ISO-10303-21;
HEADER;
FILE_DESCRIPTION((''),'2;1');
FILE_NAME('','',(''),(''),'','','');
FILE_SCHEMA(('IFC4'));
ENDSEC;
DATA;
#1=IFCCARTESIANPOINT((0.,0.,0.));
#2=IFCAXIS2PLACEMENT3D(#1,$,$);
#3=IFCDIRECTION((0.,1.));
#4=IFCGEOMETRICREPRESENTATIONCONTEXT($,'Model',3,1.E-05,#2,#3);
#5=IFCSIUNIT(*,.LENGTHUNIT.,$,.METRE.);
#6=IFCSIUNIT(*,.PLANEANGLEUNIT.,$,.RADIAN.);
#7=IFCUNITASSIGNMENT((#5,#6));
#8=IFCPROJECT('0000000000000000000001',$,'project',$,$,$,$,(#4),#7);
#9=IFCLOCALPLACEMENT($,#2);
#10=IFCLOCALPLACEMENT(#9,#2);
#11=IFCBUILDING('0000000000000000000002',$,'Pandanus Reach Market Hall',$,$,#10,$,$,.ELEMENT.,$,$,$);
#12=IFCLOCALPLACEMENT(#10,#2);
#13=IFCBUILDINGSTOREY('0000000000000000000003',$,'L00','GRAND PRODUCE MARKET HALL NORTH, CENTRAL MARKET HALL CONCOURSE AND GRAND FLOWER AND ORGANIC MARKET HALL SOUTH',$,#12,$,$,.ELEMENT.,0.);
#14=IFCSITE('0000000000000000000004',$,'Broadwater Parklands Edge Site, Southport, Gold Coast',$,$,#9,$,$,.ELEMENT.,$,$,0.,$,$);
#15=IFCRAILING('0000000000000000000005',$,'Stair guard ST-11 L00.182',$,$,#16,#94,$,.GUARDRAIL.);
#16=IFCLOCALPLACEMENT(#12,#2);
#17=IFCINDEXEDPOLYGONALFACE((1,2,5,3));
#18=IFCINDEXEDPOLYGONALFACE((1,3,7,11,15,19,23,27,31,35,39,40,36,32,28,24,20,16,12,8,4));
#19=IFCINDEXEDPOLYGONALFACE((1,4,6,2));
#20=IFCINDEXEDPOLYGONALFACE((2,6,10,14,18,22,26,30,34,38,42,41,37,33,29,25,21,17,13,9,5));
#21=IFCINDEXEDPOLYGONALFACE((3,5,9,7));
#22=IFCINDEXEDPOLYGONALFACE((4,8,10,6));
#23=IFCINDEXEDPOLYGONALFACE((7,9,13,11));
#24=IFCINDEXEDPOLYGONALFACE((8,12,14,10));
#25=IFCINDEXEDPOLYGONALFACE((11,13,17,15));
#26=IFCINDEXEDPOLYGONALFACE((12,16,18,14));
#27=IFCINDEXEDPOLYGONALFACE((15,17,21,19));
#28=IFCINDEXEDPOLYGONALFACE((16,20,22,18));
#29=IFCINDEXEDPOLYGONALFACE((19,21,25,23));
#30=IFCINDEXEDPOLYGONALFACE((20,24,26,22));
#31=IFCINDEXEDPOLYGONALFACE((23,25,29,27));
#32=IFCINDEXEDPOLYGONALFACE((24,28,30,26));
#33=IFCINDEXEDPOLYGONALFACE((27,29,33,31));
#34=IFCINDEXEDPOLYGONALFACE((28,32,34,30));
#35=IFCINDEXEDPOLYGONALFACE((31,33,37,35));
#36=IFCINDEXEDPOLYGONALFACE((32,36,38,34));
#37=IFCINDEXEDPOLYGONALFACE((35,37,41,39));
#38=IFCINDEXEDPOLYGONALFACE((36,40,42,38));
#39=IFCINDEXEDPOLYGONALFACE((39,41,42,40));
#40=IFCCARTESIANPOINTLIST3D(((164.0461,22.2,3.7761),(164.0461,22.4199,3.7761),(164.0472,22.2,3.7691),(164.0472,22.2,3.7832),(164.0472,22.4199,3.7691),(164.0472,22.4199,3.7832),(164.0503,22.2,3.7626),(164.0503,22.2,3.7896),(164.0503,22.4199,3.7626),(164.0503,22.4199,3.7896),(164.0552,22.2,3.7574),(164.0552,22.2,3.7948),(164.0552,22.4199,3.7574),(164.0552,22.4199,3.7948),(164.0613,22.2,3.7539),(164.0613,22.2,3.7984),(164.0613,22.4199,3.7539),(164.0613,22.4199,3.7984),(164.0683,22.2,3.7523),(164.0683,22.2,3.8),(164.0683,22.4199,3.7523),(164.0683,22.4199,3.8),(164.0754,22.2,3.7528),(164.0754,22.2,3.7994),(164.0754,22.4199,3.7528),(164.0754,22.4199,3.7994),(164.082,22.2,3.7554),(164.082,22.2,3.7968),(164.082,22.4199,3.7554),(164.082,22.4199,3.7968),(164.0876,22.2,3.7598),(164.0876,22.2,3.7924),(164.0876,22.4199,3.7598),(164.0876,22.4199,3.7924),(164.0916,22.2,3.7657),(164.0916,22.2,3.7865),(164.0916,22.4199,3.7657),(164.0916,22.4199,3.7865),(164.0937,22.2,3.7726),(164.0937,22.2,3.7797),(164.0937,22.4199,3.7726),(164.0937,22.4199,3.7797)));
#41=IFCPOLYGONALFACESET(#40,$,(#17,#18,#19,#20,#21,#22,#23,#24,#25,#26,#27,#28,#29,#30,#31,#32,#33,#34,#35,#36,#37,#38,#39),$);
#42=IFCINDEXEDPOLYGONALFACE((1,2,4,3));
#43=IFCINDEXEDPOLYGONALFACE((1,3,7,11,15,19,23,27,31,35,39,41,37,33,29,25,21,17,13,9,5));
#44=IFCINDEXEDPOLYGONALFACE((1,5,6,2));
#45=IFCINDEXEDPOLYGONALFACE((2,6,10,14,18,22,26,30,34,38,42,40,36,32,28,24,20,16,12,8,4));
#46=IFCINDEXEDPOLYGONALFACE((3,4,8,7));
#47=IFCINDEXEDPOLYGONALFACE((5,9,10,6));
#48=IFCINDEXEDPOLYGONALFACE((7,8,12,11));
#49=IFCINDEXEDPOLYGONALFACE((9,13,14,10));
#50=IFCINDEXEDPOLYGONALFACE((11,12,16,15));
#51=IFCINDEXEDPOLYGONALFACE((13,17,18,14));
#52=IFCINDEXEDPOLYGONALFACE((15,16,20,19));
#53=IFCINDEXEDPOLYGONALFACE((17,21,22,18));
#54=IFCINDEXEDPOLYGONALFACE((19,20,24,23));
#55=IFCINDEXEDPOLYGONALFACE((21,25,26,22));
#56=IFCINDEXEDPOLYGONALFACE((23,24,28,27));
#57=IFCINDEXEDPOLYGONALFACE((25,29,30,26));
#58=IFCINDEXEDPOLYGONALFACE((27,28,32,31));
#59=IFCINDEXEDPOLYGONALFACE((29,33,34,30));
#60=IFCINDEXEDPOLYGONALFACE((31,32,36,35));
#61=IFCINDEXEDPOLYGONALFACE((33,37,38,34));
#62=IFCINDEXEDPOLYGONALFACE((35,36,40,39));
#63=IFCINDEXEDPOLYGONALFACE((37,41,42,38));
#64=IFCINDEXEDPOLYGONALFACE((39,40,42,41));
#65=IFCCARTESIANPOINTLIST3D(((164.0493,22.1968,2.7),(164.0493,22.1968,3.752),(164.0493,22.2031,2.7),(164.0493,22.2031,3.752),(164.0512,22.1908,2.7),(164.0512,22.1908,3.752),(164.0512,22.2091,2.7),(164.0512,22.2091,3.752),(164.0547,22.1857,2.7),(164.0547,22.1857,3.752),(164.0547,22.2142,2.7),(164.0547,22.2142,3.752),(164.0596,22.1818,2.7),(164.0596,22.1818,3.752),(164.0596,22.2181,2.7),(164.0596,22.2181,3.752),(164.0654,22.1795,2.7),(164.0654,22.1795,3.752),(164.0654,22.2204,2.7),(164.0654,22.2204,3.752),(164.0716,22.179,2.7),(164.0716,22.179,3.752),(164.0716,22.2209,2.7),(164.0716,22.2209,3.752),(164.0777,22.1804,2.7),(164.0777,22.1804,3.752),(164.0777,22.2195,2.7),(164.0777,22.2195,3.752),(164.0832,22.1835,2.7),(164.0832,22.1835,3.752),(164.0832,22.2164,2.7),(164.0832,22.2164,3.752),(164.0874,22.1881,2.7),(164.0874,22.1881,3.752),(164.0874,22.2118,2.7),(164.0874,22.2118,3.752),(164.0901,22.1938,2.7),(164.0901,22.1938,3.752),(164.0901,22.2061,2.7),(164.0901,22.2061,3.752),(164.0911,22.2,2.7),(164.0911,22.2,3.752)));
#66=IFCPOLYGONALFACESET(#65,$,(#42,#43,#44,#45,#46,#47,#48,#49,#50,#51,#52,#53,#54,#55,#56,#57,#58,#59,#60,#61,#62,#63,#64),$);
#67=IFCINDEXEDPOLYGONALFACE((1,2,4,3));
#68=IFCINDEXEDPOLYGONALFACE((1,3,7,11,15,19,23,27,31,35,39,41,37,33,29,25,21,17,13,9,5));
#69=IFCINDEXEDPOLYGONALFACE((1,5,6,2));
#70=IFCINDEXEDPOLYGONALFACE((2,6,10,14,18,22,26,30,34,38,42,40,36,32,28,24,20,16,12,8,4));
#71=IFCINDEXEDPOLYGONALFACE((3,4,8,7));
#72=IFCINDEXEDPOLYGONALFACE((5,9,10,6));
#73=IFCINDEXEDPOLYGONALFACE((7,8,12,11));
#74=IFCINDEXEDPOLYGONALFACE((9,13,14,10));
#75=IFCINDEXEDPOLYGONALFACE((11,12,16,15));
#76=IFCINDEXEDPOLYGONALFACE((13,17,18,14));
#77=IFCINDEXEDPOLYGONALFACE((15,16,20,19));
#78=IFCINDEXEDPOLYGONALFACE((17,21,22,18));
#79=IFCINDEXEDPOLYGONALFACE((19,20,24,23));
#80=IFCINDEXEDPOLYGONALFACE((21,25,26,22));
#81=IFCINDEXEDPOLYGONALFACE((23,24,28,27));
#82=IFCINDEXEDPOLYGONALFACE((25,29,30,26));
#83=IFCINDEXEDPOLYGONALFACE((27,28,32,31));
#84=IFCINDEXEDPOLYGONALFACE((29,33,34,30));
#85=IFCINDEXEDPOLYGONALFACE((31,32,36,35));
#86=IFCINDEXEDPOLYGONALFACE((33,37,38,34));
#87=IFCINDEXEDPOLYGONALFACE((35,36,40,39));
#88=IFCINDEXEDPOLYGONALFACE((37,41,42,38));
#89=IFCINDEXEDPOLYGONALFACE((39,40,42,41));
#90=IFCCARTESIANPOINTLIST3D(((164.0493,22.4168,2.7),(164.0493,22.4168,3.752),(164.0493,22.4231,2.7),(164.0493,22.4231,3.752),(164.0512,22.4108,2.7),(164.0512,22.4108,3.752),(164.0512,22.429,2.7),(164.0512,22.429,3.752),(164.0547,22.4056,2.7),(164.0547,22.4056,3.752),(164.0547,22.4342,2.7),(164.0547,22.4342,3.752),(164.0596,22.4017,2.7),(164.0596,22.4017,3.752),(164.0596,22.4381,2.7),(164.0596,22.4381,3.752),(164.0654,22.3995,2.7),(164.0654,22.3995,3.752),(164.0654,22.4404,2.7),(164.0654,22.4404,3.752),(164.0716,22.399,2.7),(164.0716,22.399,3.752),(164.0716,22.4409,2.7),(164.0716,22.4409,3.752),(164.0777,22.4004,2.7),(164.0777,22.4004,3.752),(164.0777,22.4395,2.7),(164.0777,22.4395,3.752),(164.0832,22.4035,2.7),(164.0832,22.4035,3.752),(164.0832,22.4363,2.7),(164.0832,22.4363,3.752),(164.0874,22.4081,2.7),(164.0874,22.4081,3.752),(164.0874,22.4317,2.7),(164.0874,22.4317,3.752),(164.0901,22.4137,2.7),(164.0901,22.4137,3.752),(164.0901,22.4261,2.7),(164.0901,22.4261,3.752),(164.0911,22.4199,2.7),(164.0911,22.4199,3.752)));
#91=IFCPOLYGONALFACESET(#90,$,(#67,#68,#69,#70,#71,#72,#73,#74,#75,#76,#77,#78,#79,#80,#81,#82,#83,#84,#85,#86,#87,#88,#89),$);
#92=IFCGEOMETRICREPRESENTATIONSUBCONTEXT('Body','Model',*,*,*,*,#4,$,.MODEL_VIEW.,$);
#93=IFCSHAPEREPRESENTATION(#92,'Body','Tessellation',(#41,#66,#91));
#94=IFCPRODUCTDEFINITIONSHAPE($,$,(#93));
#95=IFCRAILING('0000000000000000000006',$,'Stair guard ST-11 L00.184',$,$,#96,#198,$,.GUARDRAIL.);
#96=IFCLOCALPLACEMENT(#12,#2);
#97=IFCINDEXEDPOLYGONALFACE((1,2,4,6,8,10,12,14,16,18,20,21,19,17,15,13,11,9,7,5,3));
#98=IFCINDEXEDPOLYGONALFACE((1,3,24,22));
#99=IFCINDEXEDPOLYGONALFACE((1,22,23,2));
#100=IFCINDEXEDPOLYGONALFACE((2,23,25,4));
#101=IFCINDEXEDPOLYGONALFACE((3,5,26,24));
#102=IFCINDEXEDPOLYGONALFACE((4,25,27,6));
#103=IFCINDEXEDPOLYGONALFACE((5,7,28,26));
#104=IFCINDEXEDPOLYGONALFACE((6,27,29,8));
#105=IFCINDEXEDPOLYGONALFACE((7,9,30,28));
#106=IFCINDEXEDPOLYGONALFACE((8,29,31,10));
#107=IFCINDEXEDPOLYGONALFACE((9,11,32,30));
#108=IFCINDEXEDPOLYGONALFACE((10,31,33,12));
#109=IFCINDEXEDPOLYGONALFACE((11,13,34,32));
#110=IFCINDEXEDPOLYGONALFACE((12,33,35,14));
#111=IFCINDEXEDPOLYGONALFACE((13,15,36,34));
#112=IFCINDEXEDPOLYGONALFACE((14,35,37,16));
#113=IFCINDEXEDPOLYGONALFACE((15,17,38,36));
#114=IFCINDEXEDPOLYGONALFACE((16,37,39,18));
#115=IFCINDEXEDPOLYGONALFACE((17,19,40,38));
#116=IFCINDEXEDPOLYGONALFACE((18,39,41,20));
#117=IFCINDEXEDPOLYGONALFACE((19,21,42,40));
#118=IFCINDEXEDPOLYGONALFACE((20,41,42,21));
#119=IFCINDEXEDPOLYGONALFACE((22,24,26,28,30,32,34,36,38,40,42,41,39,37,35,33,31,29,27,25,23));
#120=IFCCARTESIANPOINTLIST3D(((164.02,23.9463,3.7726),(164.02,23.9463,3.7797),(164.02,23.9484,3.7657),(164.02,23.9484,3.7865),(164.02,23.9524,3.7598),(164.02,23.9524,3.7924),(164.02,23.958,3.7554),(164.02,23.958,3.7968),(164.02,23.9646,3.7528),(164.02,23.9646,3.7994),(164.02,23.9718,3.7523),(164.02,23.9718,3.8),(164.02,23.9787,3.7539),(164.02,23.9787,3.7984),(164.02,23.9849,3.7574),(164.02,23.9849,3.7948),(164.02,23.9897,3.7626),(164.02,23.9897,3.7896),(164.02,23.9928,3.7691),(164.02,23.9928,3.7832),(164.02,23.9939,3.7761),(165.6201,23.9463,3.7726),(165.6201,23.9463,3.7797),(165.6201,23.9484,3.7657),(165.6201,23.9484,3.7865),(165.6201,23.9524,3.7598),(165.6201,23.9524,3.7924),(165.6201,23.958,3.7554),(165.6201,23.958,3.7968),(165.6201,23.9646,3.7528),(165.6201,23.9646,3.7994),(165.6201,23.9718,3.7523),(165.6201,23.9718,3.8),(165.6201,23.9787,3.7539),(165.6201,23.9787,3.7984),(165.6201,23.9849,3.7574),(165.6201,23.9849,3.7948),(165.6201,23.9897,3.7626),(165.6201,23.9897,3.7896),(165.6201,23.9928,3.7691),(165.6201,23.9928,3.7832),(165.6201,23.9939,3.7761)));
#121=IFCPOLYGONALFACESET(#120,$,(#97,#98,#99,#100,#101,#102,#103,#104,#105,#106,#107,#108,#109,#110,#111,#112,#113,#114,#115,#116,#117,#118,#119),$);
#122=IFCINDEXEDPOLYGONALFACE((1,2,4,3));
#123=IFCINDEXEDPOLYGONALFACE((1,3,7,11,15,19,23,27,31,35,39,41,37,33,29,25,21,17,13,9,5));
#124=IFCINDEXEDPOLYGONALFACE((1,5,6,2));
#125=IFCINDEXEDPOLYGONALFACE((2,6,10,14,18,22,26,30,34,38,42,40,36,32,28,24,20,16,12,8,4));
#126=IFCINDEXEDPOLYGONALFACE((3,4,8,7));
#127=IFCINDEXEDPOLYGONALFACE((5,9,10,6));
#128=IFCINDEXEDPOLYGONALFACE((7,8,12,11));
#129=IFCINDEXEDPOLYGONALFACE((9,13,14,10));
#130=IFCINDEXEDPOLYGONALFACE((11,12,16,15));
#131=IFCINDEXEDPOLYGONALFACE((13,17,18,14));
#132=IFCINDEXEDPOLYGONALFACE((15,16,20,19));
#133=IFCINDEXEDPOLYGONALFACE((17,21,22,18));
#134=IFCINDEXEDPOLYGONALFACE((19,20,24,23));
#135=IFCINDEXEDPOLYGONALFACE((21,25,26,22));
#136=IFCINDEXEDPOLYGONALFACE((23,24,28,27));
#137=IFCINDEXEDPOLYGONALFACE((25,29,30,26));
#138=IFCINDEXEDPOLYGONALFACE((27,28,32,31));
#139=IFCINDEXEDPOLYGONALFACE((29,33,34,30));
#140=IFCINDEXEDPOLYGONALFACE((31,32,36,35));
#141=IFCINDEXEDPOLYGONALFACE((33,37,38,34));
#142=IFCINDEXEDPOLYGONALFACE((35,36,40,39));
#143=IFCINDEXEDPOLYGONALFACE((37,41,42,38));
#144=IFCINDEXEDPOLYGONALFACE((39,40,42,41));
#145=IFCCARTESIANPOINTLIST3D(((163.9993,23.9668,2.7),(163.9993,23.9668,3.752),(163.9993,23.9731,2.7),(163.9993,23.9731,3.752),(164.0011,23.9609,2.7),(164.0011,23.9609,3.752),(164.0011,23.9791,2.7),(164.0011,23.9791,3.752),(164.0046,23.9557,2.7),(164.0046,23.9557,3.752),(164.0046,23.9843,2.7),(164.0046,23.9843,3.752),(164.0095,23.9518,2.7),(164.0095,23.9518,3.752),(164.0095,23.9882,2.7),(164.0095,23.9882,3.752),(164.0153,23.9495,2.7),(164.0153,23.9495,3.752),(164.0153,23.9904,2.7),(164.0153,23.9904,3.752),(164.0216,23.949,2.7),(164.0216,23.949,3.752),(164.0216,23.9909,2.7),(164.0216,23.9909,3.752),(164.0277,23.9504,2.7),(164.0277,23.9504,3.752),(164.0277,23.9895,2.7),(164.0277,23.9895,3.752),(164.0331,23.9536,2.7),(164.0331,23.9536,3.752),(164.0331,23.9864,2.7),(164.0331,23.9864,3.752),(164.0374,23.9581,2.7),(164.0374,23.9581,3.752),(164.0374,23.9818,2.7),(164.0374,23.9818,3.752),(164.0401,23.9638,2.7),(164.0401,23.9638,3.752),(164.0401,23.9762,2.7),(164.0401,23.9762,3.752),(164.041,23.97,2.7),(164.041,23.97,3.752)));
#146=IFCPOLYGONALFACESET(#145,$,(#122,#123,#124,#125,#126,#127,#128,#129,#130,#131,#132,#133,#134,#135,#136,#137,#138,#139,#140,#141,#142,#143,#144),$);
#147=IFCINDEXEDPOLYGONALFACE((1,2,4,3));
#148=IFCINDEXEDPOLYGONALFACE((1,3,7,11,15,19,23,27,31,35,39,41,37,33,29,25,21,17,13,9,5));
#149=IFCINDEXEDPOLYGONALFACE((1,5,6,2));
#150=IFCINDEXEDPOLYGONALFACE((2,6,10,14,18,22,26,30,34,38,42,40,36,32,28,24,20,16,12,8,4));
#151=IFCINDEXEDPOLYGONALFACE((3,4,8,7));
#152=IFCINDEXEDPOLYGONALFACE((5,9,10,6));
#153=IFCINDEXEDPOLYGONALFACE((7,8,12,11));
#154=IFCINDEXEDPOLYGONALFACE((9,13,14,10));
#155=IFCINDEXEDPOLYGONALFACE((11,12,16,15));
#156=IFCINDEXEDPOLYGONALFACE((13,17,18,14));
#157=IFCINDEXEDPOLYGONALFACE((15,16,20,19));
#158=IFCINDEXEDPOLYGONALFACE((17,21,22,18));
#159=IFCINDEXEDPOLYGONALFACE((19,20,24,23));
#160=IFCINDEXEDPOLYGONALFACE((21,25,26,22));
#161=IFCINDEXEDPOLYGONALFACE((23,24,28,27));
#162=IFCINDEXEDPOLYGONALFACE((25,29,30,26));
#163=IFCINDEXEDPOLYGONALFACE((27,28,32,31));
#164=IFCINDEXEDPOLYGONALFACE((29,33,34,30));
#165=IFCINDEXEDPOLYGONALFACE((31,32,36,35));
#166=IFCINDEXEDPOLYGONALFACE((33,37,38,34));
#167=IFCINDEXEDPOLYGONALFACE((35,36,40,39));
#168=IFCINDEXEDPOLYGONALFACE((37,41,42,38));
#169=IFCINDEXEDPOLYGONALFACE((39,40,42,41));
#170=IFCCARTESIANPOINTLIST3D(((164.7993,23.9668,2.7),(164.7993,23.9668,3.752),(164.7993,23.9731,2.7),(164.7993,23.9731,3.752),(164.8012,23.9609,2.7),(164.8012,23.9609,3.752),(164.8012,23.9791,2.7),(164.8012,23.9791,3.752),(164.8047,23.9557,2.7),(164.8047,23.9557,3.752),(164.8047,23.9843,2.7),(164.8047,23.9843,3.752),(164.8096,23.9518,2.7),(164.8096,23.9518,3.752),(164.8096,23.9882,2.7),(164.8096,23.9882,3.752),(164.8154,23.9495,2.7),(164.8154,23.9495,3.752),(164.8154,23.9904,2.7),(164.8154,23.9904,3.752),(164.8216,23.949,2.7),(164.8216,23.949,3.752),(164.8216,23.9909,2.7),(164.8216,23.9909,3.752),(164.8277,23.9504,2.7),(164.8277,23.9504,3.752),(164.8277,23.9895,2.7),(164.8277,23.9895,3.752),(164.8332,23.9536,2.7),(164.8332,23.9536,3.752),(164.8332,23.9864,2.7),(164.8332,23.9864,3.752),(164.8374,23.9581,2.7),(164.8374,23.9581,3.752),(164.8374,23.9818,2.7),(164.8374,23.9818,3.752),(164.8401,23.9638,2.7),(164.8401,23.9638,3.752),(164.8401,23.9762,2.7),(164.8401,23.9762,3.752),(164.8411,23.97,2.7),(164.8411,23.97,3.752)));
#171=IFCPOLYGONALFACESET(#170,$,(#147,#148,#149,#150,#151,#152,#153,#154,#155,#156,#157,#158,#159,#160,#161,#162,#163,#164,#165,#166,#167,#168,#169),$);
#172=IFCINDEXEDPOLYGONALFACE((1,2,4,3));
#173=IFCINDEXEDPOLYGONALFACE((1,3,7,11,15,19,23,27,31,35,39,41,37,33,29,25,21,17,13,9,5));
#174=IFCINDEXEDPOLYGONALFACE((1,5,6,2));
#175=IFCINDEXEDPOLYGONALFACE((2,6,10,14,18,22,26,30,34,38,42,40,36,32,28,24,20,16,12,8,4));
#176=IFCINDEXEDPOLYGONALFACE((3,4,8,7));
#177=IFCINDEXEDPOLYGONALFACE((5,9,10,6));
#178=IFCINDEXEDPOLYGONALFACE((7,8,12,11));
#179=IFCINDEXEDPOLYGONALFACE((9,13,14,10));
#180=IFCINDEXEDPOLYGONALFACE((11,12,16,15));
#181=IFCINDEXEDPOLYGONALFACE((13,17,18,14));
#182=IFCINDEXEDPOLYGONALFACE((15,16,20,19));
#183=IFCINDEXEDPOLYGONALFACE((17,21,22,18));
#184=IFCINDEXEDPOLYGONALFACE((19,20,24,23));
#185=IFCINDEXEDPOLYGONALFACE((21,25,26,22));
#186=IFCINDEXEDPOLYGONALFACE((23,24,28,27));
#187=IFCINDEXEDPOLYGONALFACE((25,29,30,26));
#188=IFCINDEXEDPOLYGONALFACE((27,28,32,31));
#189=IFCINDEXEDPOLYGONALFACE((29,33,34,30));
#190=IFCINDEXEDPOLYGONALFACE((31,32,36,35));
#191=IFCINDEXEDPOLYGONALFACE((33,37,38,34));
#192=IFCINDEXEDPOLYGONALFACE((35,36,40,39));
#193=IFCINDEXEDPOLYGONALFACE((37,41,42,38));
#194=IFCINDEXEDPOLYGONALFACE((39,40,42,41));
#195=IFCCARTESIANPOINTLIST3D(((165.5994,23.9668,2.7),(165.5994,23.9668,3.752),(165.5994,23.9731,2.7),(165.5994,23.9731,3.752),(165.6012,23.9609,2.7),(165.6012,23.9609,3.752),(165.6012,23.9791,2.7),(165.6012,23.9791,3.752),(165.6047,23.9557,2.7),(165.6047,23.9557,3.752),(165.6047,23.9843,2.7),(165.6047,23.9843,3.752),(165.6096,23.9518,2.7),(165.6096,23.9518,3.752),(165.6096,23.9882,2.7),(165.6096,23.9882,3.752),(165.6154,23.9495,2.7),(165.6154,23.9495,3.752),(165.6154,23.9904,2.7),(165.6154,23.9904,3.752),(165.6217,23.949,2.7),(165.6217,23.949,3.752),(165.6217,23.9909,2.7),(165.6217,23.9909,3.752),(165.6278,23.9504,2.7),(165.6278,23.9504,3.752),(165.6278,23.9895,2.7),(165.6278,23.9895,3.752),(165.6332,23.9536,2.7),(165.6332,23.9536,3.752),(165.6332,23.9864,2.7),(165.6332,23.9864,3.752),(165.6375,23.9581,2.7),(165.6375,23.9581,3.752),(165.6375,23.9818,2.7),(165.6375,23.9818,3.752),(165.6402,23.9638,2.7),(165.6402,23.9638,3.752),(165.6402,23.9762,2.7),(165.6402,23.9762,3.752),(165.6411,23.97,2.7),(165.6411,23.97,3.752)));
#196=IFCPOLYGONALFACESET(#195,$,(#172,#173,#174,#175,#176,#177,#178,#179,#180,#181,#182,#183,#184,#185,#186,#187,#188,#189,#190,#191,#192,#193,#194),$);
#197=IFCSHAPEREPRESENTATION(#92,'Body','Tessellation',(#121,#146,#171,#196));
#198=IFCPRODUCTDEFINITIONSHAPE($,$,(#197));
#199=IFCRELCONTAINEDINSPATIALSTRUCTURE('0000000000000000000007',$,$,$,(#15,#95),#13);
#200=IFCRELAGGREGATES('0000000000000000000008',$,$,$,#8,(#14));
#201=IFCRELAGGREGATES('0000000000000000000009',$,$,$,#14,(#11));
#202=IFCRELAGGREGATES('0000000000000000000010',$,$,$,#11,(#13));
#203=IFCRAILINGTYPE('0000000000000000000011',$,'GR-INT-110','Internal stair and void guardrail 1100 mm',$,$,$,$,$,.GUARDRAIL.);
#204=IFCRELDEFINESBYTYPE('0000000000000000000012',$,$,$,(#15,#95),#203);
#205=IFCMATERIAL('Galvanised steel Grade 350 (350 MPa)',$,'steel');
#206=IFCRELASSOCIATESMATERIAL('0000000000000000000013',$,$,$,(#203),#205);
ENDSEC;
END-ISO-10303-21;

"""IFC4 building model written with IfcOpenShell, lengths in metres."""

from ifc_helpers import new_model, si_unit, direction, frame, origin, origin_2d, place, context, subcontext, project, spatial, circle, extrude, material, type_object, element, save


model = new_model("IFC4")

# Units and contexts
model_context = context("Model", 3, precision=1e-05, world=origin(), true_north=direction((0.0, 1.0)))
body_context = subcontext(model_context, "Body", "Model", "MODEL_VIEW")
ifc_project = project(units=[si_unit("LENGTHUNIT", "METRE"), si_unit("PLANEANGLEUNIT", "RADIAN")], contexts=[model_context])

# Site, building, storey
site_placement = place(None, origin())
site = spatial("IfcSite", under=ifc_project, at=site_placement, Name="Broadwater Parklands Edge Site, Southport, Gold Coast", CompositionType="ELEMENT", RefElevation=0.0)
building_placement = place(site_placement, origin())
building = spatial("IfcBuilding", under=site, at=building_placement, Name="Pandanus Reach Market Hall", CompositionType="ELEMENT")
storey_placement = place(building_placement, origin())
storey = spatial("IfcBuildingStorey", under=building, at=storey_placement, Name="L00", Description="GRAND PRODUCE MARKET HALL NORTH, CENTRAL MARKET HALL CONCOURSE AND GRAND FLOWER AND ORGANIC MARKET HALL SOUTH", CompositionType="ELEMENT", Elevation=0.0)

# Railings
ifc_material_1 = material(Name="Galvanised steel Grade 350 (350 MPa)", Category="steel")
railing_type_1 = type_object("IfcRailingType", Name="GR-INT-110", Description="Internal stair and void guardrail 1100 mm", PredefinedType="GUARDRAIL", material=ifc_material_1)
railing_1_placement = place(storey_placement, frame((164.0701, 22.2, 2.7)))
element("IfcRailing", 1, at=railing_1_placement, inside=storey, type_object=railing_type_1, Name="Stair guard ST-11 L00.182", PredefinedType="GUARDRAIL", context=body_context, shape_type="SweptSolid", body=[
    extrude(circle(Radius=0.0239, at=origin_2d()), frame((0.0, 0.0, 1.0762), z_axis=(0.0, 1.0, 0.0), x_axis=(-1.0, 0.0, 0.0)), (0.0, 0.0, 1.0), 0.22),
    extrude(circle(Radius=0.021, at=origin_2d()), origin(), (0.0, 0.0, 1.0), 1.052),
    extrude(circle(Radius=0.021, at=origin_2d()), frame((0.0, 0.22, 0.0)), (0.0, 0.0, 1.0), 1.052),
])
railing_2_placement = place(storey_placement, frame((164.02, 23.97, 2.7)))
element("IfcRailing", 2, at=railing_2_placement, inside=storey, type_object=railing_type_1, Name="Stair guard ST-11 L00.184", PredefinedType="GUARDRAIL", context=body_context, shape_type="SweptSolid", body=[
    extrude(circle(Radius=0.0239, at=origin_2d()), frame((0.0, 0.0, 1.0762), z_axis=(1.0, 0.0, 0.0), x_axis=(0.0, 1.0, 0.0)), (0.0, 0.0, 1.0), 1.6001),
    extrude(circle(Radius=0.021, at=origin_2d()), origin(), (0.0, 0.0, 1.0), 1.052),
    extrude(circle(Radius=0.021, at=origin_2d()), frame((0.8, 0.0, 0.0)), (0.0, 0.0, 1.0), 1.052),
    extrude(circle(Radius=0.021, at=origin_2d()), frame((1.6001, 0.0, 0.0)), (0.0, 0.0, 1.0), 1.052),
])

save(model, "model.ifc")
